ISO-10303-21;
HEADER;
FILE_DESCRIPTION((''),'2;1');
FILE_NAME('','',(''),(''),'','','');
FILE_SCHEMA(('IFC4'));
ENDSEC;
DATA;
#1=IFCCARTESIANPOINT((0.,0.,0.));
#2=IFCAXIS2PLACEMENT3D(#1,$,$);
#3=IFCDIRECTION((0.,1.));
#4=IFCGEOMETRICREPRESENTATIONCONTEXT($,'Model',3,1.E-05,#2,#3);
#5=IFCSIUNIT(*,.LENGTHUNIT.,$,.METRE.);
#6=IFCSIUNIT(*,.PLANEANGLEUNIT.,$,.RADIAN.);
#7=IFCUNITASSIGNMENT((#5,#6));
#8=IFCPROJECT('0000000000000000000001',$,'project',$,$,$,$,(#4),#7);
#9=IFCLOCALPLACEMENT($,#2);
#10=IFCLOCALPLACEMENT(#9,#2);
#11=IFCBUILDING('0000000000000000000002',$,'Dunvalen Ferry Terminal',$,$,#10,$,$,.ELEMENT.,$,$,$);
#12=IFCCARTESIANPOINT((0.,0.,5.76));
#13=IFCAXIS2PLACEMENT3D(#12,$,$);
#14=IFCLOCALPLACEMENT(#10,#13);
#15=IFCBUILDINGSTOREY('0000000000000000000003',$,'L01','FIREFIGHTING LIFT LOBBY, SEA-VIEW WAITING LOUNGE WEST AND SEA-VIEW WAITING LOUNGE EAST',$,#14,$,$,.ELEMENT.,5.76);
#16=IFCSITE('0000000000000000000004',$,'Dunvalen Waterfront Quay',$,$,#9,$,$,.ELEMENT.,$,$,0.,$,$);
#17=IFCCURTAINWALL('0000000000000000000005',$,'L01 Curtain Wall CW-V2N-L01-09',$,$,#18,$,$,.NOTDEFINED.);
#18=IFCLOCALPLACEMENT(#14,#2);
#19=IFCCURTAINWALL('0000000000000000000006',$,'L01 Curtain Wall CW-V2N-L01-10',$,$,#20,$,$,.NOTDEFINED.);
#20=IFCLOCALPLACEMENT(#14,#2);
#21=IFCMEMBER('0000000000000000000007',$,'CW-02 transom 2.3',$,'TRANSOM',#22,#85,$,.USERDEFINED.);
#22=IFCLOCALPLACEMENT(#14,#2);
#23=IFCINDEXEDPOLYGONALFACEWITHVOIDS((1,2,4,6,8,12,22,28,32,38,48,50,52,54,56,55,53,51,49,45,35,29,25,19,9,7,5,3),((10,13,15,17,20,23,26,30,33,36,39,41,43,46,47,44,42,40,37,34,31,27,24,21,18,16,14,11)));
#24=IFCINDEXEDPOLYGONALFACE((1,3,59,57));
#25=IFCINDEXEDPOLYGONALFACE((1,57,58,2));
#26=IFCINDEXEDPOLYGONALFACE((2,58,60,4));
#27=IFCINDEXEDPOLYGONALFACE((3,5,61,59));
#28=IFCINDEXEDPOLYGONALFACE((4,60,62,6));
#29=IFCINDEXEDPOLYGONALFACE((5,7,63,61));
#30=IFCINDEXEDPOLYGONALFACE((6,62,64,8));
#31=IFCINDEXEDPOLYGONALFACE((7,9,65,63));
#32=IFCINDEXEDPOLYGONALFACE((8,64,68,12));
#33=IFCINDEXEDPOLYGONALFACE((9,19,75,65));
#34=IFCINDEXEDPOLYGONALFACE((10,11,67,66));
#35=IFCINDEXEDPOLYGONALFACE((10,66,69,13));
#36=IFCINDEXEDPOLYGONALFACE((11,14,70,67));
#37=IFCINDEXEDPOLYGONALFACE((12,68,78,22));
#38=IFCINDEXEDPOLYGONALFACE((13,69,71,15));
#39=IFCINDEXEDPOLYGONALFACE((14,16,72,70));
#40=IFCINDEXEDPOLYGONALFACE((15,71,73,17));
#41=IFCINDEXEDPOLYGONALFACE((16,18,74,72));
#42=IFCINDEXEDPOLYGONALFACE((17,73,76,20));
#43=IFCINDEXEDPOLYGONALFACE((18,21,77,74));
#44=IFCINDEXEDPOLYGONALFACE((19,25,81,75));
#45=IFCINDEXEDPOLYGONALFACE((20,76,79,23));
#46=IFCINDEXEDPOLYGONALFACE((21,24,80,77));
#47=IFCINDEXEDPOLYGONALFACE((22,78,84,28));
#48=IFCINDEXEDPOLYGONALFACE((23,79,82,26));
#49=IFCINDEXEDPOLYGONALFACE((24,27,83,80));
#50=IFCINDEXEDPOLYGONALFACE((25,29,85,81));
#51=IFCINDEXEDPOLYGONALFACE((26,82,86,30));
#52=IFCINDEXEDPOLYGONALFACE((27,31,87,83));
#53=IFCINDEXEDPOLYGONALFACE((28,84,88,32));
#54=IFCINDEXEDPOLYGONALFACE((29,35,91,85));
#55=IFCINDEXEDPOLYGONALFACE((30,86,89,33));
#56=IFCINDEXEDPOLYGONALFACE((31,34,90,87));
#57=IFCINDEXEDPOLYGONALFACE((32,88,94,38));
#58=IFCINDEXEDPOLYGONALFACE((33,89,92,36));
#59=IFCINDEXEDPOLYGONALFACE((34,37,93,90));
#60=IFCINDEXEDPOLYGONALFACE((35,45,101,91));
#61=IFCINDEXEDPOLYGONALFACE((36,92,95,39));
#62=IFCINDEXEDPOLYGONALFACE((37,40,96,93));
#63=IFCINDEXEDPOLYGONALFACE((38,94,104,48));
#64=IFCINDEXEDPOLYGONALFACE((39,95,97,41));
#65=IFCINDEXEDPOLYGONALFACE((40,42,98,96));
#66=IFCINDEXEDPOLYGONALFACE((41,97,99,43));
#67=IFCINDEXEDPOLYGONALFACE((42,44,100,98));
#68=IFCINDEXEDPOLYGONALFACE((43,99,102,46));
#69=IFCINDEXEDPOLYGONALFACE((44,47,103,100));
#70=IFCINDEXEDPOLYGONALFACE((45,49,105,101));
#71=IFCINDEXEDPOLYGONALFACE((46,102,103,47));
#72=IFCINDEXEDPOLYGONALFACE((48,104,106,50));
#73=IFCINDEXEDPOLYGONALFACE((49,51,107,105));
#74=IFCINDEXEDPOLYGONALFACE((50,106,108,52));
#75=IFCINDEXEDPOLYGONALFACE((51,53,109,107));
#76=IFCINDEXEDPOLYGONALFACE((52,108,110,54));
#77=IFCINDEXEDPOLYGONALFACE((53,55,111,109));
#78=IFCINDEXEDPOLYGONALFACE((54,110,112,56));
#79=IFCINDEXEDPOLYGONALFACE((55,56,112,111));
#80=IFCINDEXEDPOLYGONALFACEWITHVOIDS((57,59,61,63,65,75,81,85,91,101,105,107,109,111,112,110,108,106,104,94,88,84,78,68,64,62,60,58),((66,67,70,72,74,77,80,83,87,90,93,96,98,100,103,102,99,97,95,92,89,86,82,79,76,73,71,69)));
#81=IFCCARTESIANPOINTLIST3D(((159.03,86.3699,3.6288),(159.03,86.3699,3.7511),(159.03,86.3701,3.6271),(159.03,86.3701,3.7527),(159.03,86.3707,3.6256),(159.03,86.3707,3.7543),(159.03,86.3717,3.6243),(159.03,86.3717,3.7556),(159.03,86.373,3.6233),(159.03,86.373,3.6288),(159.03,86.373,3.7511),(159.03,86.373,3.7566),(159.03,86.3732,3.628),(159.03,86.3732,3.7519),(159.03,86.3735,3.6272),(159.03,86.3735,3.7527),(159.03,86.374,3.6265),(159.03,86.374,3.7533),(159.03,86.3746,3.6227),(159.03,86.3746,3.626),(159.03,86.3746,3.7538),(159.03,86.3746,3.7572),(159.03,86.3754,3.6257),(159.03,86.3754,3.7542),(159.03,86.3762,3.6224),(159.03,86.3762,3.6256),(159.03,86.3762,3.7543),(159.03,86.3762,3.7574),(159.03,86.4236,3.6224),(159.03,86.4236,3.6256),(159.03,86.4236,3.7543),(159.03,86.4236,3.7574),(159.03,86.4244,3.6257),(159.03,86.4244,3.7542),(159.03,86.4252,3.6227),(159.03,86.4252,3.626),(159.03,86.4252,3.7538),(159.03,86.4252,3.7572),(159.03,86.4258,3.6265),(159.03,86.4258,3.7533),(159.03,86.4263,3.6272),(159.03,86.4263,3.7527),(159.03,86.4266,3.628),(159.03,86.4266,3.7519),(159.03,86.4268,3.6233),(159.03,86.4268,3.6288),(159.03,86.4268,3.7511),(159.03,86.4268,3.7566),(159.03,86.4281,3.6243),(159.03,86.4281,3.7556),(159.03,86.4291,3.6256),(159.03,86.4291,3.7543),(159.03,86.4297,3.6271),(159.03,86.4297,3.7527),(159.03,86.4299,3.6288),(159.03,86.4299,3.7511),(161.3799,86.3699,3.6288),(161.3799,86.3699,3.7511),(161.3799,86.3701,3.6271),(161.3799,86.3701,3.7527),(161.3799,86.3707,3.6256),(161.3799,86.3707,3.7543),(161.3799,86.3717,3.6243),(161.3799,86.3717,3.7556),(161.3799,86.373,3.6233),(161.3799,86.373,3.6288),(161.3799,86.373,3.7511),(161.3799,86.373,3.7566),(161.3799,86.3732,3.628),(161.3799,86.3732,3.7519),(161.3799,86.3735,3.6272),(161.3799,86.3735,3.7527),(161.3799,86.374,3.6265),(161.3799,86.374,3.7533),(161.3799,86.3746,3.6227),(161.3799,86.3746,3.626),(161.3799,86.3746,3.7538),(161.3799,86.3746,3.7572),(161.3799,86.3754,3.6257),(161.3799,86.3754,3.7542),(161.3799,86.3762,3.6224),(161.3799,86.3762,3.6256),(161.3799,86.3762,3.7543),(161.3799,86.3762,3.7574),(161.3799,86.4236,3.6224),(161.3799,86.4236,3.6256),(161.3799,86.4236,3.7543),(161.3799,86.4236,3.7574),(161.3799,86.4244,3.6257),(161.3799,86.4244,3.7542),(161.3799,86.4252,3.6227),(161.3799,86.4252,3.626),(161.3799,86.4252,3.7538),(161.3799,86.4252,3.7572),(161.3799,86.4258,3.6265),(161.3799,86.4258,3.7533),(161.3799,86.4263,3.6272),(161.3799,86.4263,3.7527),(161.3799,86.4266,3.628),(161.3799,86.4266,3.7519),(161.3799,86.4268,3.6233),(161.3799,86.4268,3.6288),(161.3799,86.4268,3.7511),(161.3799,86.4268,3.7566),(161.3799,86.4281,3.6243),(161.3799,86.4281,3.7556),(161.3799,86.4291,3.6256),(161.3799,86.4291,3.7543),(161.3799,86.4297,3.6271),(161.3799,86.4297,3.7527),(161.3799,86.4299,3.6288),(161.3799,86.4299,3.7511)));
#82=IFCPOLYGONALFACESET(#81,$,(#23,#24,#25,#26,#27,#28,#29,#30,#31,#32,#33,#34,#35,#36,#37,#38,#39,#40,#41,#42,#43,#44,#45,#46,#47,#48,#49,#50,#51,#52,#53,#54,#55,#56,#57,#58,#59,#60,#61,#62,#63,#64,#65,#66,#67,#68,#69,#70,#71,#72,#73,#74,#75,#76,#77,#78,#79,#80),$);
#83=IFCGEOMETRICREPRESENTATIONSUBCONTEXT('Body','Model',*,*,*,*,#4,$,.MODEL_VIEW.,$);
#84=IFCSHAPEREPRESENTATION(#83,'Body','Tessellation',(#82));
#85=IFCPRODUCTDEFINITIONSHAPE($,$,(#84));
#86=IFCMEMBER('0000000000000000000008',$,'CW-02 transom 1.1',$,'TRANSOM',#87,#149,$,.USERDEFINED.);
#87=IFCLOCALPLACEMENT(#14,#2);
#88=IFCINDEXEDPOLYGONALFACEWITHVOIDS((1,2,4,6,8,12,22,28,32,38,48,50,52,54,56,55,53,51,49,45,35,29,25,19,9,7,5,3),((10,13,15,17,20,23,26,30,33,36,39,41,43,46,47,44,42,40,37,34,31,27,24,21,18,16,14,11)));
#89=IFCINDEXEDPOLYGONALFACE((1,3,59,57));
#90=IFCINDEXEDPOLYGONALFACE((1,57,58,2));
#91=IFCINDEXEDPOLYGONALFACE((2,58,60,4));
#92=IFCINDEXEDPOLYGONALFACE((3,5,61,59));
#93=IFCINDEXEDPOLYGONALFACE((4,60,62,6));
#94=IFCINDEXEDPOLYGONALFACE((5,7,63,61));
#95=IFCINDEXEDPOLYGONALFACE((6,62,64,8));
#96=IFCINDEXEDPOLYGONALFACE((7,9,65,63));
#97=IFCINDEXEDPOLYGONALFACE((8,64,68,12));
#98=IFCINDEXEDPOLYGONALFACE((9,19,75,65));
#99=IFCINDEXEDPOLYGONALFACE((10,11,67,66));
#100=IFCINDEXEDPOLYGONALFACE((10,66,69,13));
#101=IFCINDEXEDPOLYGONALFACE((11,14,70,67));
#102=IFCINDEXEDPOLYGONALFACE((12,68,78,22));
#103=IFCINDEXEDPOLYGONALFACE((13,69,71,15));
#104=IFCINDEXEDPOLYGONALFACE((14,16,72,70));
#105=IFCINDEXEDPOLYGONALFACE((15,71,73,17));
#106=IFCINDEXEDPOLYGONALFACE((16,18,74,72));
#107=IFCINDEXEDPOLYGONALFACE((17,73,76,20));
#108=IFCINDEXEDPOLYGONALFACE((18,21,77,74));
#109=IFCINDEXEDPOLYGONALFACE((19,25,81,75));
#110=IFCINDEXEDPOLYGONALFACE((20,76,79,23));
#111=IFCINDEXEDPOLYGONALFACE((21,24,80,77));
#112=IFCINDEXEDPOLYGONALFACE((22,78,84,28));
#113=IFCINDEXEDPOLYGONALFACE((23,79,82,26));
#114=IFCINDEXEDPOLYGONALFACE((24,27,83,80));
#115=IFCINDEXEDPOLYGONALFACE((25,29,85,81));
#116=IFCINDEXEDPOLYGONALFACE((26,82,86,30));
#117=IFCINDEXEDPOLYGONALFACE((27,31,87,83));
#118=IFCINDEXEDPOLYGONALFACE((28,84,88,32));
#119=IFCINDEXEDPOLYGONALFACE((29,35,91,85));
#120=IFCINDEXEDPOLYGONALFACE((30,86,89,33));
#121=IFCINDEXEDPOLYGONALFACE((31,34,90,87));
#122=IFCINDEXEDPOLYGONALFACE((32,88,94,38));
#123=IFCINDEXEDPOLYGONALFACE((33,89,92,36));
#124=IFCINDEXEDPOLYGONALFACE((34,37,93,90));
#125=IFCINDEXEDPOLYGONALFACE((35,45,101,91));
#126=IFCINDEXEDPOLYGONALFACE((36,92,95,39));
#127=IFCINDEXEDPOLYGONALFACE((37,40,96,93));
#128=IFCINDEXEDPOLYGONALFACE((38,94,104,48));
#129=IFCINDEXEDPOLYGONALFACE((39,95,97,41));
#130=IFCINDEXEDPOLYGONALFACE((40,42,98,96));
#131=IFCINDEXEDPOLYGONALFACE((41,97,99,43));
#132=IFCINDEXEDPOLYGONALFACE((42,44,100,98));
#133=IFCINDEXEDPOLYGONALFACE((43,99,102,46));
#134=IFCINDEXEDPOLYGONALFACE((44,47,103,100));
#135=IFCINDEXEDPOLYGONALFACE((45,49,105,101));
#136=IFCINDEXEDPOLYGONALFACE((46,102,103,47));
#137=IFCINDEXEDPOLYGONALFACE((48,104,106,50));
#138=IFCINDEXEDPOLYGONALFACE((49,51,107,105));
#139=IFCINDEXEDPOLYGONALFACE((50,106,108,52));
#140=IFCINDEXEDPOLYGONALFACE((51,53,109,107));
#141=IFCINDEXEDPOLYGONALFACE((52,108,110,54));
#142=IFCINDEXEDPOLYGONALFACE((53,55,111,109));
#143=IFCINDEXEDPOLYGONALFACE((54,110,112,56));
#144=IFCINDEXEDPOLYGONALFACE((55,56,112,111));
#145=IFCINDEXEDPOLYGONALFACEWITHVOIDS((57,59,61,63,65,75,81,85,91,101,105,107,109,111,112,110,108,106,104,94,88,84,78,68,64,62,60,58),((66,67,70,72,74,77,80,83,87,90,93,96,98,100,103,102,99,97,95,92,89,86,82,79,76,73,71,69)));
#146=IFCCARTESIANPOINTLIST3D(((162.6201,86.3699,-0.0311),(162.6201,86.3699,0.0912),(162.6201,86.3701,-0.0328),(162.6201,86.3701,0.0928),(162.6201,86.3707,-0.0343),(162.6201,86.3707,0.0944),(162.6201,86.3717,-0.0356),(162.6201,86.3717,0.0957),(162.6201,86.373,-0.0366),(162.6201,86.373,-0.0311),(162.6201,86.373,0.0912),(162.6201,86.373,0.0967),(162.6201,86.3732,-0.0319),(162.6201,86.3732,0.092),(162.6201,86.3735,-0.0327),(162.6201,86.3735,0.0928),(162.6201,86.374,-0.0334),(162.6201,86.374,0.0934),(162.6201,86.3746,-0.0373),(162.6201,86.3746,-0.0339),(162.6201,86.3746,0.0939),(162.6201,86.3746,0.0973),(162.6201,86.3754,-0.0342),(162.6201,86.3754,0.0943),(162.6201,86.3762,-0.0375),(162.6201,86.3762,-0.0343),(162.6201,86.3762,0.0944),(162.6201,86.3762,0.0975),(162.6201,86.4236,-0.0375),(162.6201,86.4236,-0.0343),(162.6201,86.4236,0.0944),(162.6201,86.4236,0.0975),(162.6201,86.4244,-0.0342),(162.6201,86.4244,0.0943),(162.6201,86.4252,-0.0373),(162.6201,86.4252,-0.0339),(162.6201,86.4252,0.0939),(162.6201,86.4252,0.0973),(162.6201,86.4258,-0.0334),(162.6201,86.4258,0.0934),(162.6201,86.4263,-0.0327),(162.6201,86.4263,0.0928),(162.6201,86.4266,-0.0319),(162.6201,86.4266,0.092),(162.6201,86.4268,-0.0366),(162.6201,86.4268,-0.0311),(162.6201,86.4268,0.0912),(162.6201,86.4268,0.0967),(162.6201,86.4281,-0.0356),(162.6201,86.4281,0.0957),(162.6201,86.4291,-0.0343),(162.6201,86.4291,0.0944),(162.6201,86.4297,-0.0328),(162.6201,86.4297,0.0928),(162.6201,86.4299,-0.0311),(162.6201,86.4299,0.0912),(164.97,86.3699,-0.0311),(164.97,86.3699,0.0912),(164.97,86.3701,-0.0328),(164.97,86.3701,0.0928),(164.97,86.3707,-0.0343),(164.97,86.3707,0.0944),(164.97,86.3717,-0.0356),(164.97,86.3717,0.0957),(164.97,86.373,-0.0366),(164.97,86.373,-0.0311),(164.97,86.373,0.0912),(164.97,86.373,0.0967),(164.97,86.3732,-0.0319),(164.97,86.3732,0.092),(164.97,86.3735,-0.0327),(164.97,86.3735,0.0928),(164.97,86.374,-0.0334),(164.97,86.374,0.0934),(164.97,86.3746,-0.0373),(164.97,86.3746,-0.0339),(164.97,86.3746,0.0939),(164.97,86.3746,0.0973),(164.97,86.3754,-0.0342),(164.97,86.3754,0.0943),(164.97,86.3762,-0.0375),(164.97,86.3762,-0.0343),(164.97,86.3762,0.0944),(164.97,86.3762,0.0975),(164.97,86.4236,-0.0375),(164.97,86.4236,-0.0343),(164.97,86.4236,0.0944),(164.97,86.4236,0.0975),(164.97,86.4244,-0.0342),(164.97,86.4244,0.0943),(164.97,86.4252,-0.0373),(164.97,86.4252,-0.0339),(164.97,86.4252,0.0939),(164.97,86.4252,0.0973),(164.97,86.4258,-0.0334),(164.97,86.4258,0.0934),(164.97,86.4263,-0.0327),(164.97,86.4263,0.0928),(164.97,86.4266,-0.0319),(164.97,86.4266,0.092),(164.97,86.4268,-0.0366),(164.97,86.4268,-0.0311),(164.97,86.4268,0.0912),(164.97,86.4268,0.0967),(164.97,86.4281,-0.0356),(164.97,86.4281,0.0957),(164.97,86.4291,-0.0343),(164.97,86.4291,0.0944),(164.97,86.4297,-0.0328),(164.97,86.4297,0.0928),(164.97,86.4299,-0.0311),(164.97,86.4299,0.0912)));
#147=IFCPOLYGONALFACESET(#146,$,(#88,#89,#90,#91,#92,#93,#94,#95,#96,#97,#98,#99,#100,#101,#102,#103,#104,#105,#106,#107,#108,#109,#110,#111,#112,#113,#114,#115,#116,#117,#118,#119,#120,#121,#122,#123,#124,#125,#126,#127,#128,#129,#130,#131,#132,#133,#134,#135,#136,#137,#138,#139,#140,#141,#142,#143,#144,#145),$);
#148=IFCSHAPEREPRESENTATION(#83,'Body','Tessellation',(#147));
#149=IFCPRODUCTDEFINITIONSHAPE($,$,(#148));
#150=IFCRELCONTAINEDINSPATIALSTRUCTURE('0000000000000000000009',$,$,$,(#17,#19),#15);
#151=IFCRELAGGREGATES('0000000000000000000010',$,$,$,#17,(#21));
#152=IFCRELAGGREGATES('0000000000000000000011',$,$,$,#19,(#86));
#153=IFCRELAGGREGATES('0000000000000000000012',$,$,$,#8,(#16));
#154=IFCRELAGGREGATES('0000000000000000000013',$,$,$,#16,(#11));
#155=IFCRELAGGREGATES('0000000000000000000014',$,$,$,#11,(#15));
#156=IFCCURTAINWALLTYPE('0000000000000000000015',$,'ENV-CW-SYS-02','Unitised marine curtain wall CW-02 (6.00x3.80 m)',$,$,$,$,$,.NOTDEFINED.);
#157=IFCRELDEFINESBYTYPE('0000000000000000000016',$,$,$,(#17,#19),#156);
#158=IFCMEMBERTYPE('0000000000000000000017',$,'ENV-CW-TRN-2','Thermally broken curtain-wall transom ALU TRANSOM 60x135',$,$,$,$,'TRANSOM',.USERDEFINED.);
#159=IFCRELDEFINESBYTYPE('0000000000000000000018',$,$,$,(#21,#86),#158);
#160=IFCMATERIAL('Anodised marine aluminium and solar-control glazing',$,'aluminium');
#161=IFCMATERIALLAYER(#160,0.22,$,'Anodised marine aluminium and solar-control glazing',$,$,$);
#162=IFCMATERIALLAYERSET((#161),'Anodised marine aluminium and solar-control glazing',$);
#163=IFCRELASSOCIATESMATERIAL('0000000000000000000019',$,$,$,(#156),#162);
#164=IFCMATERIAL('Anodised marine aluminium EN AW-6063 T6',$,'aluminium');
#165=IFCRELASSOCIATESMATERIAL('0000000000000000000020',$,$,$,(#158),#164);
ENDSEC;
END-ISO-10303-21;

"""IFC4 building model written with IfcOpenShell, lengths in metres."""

from ifc_helpers import new_model, si_unit, direction, frame, origin, origin_2d, place, context, subcontext, project, spatial, hollow_rectangle, extrude, material, layer, layer_set, material_profile, profile_set, type_object, element, aggregate, save


model = new_model("IFC4")

# Units and contexts
model_context = context("Model", 3, precision=1e-05, world=origin(), true_north=direction((0.0, 1.0)))
body_context = subcontext(model_context, "Body", "Model", "MODEL_VIEW")
ifc_project = project(units=[si_unit("LENGTHUNIT", "METRE"), si_unit("PLANEANGLEUNIT", "RADIAN")], contexts=[model_context])

# Site, building, storey
site_placement = place(None, origin())
site = spatial("IfcSite", under=ifc_project, at=site_placement, Name="Dunvalen Waterfront Quay", CompositionType="ELEMENT", RefElevation=0.0)
building_placement = place(site_placement, origin())
building = spatial("IfcBuilding", under=site, at=building_placement, Name="Dunvalen Ferry Terminal", CompositionType="ELEMENT")
storey_placement = place(building_placement, frame((0.0, 0.0, 5.76)))
storey = spatial("IfcBuildingStorey", under=building, at=storey_placement, Name="L01", Description="FIREFIGHTING LIFT LOBBY, SEA-VIEW WAITING LOUNGE WEST AND SEA-VIEW WAITING LOUNGE EAST", CompositionType="ELEMENT", Elevation=5.76)

# Curtain wall
ifc_material_1 = material(Name="Anodised marine aluminium and solar-control glazing", Category="aluminium")
ifc_layer_1 = layer(ifc_material_1, 0.22, Name="Anodised marine aluminium and solar-control glazing")
ifc_layer_set_1 = layer_set([ifc_layer_1], Name="Anodised marine aluminium and solar-control glazing")
curtain_wall_type_1 = type_object("IfcCurtainWallType", Name="ENV-CW-SYS-02", Description="Unitised marine curtain wall CW-02 (6.00x3.80 m)", PredefinedType="NOTDEFINED", material=ifc_layer_set_1)
curtain_wall_1_placement = place(storey_placement, origin())
curtain_wall_1 = element("IfcCurtainWall", 1, at=curtain_wall_1_placement, inside=storey, type_object=curtain_wall_type_1, Name="L01 Curtain Wall CW-V2N-L01-09", PredefinedType="NOTDEFINED")
ifc_material_2 = material(Name="Anodised marine aluminium EN AW-6063 T6", Category="aluminium")

# Curtain wall
curtain_wall_2_placement = place(storey_placement, origin())
curtain_wall_2 = element("IfcCurtainWall", 2, at=curtain_wall_2_placement, inside=storey, type_object=curtain_wall_type_1, Name="L01 Curtain Wall CW-V2N-L01-10", PredefinedType="NOTDEFINED")

# Members
ifc_material_profile_1 = material_profile(ifc_material_2, hollow_rectangle(XDim=0.0601, YDim=0.135, WallThickness=0.0032, InnerFilletRadius=0.0032, OuterFilletRadius=0.0063, at=origin_2d()), Name="Anodised marine aluminium EN AW-6063 T6")
ifc_profile_set_1 = profile_set([ifc_material_profile_1], Name="Anodised marine aluminium EN AW-6063 T6")
member_type_1 = type_object("IfcMemberType", Name="ENV-CW-TRN-2", Description="Thermally broken curtain-wall transom ALU TRANSOM 60x135", ElementType="TRANSOM", PredefinedType="USERDEFINED", material=ifc_profile_set_1)
member_1_placement = place(storey_placement, frame((159.03, 86.3999, 3.6899), z_axis=(1.0, 0.0, 0.0), x_axis=(0.0, 1.0, 0.0)))
member_1 = element("IfcMember", 3, at=member_1_placement, type_object=member_type_1, Name="CW-02 transom 2.3", ObjectType="TRANSOM", PredefinedType="USERDEFINED", context=body_context, shape_type="SweptSolid", body=[
    extrude(hollow_rectangle(XDim=0.0601, YDim=0.135, WallThickness=0.0032, InnerFilletRadius=0.0032, OuterFilletRadius=0.0063, at=origin_2d()), origin(), (0.0, 0.0, 1.0), 2.3499),
])
member_2_placement = place(storey_placement, frame((162.6201, 86.3999, 0.03), z_axis=(1.0, 0.0, 0.0), x_axis=(0.0, 1.0, 0.0)))
member_2 = element("IfcMember", 4, at=member_2_placement, type_object=member_type_1, Name="CW-02 transom 1.1", ObjectType="TRANSOM", PredefinedType="USERDEFINED", context=body_context, shape_type="SweptSolid", body=[
    extrude(hollow_rectangle(XDim=0.0601, YDim=0.135, WallThickness=0.0032, InnerFilletRadius=0.0032, OuterFilletRadius=0.0063, at=origin_2d()), origin(), (0.0, 0.0, 1.0), 2.3499),
])

aggregate(curtain_wall_1, [member_1])
aggregate(curtain_wall_2, [member_2])

save(model, "model.ifc")
